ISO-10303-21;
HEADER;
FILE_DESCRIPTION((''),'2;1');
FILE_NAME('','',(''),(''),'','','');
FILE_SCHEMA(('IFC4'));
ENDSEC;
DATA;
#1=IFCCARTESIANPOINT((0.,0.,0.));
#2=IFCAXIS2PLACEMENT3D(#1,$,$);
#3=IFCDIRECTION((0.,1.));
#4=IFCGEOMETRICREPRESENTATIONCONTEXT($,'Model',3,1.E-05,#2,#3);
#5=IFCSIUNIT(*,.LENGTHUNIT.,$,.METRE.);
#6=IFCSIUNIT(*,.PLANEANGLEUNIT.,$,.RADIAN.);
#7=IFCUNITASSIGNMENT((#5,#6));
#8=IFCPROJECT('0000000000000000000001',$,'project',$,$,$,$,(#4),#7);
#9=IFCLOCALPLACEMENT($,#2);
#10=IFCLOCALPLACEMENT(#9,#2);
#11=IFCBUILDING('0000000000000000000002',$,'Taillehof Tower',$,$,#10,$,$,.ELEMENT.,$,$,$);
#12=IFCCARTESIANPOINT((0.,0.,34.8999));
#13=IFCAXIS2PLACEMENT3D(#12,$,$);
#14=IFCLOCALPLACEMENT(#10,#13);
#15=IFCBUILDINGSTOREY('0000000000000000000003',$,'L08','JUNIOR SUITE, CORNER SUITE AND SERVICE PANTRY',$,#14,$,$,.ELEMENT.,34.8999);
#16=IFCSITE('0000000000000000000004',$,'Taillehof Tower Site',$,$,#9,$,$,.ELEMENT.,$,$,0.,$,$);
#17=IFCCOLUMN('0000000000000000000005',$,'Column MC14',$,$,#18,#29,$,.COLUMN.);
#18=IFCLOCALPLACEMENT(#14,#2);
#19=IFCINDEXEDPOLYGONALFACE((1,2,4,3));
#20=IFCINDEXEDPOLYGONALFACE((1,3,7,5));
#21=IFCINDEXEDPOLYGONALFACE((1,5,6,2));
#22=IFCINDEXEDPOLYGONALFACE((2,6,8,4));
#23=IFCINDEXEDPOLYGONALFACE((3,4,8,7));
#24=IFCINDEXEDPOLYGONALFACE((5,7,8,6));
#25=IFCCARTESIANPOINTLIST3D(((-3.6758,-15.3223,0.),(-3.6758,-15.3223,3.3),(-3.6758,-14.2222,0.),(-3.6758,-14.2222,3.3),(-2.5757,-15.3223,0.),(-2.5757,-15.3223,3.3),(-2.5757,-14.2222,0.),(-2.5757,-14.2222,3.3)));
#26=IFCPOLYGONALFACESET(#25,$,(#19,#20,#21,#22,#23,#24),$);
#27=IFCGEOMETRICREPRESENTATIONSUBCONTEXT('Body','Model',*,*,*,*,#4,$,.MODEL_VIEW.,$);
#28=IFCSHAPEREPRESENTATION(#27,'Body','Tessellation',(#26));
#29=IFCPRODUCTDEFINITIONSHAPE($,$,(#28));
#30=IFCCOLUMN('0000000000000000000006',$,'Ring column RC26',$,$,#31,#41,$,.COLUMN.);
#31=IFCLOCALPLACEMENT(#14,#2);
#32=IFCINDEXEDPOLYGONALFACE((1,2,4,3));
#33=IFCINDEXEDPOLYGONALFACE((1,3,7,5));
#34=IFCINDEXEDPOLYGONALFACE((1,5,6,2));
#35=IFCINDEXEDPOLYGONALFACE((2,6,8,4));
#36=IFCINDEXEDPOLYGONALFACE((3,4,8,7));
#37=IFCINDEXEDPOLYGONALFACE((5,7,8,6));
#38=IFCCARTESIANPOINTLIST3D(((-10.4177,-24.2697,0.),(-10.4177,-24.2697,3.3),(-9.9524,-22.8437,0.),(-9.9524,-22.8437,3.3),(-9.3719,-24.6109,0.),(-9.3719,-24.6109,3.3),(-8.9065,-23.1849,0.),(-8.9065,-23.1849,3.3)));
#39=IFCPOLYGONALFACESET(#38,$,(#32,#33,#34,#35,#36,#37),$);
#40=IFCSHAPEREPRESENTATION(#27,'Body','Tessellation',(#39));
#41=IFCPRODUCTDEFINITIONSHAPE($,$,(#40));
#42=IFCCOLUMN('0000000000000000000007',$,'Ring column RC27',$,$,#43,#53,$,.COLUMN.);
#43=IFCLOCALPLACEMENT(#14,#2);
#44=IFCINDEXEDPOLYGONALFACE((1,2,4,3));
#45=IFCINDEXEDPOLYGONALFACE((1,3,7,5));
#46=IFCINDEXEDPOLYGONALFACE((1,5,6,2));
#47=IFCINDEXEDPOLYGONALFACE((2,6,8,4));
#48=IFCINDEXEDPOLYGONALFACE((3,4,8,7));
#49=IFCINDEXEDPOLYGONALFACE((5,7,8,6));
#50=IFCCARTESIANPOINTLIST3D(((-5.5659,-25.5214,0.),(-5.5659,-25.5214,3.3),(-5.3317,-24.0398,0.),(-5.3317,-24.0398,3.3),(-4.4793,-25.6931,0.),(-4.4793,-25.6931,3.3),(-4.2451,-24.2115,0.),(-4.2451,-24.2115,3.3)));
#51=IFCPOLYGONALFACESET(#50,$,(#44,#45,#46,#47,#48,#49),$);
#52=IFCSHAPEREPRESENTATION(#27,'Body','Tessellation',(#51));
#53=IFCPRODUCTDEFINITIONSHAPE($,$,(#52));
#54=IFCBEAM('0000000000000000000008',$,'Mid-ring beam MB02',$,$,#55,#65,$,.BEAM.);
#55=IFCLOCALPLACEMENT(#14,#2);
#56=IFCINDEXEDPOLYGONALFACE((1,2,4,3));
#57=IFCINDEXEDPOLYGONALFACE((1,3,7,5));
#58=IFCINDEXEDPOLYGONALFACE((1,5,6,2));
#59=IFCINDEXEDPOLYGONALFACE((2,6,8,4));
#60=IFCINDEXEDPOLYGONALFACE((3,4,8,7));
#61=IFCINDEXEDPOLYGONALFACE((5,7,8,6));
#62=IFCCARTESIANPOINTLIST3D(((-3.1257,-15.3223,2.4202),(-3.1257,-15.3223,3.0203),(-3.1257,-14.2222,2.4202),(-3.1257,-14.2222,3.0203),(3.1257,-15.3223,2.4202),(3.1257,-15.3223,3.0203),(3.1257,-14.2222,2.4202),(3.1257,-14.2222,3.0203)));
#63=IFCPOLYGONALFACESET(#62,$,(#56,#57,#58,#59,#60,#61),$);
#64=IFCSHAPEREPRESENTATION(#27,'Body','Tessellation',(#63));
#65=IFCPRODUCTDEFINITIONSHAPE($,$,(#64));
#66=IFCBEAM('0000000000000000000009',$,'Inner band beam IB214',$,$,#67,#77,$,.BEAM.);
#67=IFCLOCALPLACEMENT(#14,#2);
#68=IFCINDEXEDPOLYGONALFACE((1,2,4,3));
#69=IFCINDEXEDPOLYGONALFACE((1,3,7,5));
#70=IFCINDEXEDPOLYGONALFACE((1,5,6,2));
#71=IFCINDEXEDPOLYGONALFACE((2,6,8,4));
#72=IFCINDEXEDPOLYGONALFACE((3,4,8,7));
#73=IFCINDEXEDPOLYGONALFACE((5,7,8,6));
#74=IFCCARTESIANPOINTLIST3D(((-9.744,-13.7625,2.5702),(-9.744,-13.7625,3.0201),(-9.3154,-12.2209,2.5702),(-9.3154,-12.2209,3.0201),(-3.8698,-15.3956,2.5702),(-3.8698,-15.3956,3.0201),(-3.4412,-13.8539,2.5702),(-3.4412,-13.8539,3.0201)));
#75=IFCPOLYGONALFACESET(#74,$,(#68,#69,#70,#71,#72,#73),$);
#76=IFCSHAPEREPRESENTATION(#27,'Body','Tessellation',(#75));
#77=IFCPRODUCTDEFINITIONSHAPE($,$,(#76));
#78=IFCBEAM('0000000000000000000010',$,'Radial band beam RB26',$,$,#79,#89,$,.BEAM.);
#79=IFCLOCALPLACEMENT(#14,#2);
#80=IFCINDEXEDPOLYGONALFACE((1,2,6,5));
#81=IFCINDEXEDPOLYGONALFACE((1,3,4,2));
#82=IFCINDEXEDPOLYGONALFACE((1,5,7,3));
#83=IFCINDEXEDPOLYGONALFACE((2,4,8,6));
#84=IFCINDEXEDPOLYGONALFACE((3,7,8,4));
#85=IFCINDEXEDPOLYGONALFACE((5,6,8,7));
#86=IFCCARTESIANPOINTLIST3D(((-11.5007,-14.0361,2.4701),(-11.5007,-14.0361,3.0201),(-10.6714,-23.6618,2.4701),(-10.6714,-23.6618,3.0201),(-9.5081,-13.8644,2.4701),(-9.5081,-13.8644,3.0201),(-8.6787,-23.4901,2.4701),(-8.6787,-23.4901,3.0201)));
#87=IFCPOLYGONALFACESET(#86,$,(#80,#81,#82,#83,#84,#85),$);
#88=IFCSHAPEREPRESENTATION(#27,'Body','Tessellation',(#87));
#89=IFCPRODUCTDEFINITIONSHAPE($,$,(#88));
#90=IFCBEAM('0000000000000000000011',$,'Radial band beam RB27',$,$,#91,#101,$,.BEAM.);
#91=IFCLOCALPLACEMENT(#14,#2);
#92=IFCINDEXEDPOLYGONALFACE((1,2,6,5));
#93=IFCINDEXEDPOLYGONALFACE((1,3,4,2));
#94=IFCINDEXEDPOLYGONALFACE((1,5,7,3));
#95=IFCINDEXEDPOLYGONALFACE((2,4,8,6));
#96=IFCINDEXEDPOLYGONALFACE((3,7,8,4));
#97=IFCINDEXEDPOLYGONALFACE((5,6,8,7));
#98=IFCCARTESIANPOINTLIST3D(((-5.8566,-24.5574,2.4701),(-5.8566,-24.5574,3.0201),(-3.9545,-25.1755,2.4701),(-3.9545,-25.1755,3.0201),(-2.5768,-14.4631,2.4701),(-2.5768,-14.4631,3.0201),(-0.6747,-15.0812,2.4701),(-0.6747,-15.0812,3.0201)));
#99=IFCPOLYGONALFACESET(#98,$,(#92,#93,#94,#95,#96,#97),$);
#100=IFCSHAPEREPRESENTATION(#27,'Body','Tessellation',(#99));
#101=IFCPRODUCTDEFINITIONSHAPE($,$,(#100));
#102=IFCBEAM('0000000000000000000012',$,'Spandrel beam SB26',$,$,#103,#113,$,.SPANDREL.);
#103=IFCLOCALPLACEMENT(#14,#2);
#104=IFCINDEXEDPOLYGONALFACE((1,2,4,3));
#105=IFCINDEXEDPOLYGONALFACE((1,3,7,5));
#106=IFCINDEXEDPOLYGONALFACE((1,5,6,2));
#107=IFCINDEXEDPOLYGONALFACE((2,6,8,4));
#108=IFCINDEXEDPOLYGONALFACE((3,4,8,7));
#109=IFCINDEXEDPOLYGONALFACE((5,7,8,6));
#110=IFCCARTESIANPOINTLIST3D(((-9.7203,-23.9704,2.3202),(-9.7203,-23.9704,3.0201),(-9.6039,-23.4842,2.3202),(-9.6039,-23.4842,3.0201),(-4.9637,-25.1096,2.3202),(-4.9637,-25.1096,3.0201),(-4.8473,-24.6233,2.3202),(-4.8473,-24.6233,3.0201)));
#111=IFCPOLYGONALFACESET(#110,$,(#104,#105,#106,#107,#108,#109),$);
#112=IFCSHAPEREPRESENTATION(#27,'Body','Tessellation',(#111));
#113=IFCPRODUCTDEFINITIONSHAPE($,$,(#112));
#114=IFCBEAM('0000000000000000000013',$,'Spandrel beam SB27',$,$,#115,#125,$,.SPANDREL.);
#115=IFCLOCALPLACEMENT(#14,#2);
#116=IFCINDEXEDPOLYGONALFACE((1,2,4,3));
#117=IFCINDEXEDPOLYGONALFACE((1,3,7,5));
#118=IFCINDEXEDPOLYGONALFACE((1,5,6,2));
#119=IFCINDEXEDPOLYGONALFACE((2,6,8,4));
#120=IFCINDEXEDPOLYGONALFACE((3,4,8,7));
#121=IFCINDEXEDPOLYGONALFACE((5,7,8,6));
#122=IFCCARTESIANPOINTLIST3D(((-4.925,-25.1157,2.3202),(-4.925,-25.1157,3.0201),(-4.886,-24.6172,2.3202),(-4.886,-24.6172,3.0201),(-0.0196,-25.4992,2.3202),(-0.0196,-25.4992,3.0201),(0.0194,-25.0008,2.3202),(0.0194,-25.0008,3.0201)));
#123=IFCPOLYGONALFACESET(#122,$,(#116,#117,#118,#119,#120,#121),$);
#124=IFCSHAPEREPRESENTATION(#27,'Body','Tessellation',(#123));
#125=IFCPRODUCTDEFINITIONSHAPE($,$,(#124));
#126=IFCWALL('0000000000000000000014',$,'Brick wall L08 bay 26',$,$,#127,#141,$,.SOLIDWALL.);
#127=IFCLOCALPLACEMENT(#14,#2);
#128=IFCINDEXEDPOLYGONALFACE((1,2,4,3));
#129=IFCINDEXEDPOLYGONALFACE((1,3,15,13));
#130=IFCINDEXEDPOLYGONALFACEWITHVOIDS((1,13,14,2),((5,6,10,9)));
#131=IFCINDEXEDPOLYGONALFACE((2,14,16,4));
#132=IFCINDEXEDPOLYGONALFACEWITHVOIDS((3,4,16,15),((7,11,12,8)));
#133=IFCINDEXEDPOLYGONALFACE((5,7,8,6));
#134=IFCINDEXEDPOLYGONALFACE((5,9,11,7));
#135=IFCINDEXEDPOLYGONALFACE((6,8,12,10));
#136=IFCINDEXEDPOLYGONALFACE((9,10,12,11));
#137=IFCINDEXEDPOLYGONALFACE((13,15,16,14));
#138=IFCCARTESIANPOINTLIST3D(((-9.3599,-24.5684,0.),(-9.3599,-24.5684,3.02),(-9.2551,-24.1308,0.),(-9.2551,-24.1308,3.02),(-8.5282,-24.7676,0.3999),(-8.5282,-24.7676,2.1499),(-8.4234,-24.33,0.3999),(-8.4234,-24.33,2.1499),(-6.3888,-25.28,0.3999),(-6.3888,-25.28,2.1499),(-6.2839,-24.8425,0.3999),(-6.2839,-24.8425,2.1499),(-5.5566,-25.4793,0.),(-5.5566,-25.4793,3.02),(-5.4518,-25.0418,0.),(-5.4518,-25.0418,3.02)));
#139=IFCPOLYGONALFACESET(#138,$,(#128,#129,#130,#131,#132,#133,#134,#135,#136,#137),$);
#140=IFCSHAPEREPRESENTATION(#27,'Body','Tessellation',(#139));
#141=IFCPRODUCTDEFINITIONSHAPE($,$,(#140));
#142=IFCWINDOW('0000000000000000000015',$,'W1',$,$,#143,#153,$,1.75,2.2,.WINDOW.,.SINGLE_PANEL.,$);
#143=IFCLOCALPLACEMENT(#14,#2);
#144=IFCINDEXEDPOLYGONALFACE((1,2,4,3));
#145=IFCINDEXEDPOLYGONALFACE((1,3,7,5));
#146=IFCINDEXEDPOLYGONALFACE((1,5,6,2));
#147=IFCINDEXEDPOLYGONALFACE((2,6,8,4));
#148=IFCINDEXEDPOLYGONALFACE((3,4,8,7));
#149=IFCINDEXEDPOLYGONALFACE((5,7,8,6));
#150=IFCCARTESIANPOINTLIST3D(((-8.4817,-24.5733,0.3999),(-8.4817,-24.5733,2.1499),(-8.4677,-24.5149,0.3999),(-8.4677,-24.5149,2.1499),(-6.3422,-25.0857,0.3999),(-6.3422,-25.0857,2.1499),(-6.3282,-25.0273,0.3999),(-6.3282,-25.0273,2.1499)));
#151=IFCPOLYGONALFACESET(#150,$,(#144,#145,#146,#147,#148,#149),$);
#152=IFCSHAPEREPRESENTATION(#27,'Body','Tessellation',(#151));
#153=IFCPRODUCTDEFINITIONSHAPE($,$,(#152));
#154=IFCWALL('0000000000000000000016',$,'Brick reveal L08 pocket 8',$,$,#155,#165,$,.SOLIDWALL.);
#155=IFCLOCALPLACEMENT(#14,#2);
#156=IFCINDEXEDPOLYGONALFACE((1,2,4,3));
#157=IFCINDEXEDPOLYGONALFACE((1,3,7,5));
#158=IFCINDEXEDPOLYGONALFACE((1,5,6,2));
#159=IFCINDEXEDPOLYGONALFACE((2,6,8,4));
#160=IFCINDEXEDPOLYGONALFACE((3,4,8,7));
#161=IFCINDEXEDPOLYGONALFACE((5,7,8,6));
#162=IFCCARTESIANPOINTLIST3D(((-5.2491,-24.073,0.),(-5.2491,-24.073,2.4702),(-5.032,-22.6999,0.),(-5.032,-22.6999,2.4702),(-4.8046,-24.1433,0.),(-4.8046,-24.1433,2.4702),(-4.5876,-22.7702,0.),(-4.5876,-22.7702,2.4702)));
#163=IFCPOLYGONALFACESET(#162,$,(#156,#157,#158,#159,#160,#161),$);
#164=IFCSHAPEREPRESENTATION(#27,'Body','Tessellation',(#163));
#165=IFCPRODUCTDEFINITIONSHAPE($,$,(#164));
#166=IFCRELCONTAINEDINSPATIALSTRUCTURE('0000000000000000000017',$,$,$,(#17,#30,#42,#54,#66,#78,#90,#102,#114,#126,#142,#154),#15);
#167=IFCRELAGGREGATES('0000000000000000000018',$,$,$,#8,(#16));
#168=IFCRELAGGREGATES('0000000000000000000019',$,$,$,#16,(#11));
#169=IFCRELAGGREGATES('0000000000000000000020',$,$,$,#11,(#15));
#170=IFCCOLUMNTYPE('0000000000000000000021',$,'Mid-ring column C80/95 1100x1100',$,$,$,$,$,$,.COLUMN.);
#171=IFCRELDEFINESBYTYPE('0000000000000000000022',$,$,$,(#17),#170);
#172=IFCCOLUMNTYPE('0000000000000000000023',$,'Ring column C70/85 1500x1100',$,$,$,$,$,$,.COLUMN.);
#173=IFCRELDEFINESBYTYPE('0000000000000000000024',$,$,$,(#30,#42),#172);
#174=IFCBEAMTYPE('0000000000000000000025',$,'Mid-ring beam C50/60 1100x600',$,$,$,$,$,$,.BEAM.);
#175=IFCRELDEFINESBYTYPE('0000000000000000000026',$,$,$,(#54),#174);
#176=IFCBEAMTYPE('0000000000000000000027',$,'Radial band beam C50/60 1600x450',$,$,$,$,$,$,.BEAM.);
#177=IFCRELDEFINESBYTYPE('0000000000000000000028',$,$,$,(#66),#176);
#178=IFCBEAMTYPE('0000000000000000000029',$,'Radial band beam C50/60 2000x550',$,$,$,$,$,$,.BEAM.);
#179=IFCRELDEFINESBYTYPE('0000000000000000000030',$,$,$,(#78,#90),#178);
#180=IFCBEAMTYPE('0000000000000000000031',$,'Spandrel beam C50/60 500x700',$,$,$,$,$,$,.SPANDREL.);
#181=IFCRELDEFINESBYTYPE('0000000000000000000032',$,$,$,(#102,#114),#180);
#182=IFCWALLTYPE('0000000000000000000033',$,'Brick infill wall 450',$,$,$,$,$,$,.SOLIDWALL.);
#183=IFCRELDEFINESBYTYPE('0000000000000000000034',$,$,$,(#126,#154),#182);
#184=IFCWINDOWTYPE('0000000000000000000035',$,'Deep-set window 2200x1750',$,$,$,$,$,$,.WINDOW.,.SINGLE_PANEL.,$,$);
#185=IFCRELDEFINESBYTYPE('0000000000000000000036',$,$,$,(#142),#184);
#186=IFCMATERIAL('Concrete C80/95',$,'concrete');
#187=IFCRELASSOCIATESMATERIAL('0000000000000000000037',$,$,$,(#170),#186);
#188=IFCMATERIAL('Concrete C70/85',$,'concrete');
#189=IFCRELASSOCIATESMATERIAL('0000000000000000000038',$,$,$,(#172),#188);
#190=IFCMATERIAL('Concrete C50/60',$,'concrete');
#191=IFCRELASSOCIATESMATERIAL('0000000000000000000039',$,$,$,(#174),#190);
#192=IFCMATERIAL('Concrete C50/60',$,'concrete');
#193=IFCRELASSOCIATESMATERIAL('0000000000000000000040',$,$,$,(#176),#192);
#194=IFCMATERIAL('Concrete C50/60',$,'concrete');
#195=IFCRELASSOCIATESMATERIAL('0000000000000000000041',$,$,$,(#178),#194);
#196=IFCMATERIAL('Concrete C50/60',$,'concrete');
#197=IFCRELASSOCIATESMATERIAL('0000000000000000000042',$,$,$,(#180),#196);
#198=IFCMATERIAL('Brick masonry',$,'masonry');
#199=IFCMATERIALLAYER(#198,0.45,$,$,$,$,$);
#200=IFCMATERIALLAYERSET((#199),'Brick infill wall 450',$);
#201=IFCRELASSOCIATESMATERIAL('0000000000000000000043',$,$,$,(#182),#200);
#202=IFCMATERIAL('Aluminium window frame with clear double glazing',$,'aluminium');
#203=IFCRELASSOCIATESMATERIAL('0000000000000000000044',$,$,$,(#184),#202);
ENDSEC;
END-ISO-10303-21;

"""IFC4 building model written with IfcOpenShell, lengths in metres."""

from ifc_helpers import new_model, si_unit, direction, frame, frame_2d, origin, origin_2d, place, context, subcontext, project, spatial, rectangle, extrude, material, layer, layer_set, material_profile, profile_set, type_object, element, fill, save


model = new_model("IFC4")

# Units and contexts
model_context = context("Model", 3, precision=1e-05, world=origin(), true_north=direction((0.0, 1.0)))
body_context = subcontext(model_context, "Body", "Model", "MODEL_VIEW")
ifc_project = project(units=[si_unit("LENGTHUNIT", "METRE"), si_unit("PLANEANGLEUNIT", "RADIAN")], contexts=[model_context])

# Site, building, storey
site_placement = place(None, origin())
site = spatial("IfcSite", under=ifc_project, at=site_placement, Name="Taillehof Tower Site", CompositionType="ELEMENT", RefElevation=0.0)
building_placement = place(site_placement, origin())
building = spatial("IfcBuilding", under=site, at=building_placement, Name="Taillehof Tower", CompositionType="ELEMENT")
storey_placement = place(building_placement, frame((0.0, 0.0, 34.8999)))
storey = spatial("IfcBuildingStorey", under=building, at=storey_placement, Name="L08", Description="JUNIOR SUITE, CORNER SUITE AND SERVICE PANTRY", CompositionType="ELEMENT", Elevation=34.8999)

# Columns
ifc_material_1 = material(Name="Concrete C80/95", Category="concrete")
ifc_material_profile_1 = material_profile(ifc_material_1, rectangle(XDim=1.1001, YDim=1.1001, at=origin_2d()), Name="RC 1100x1100")
ifc_profile_set_1 = profile_set([ifc_material_profile_1], Name="Concrete C80/95")
column_type_1 = type_object("IfcColumnType", Name="Mid-ring column C80/95 1100x1100", PredefinedType="COLUMN", material=ifc_profile_set_1)
column_placement = place(storey_placement, frame((-3.1257, -14.7722, 0.0), z_axis=(0.0, 0.0, 1.0), x_axis=(1.0, 0.0, 0.0)))
element("IfcColumn", 1, at=column_placement, inside=storey, type_object=column_type_1, Name="Column MC14", PredefinedType="COLUMN", context=body_context, shape_type="SweptSolid", body=[
    extrude(rectangle(XDim=1.1001, YDim=1.1001, at=origin_2d()), origin(), (0.0, 0.0, 1.0), 3.3),
])
ifc_material_2 = material(Name="Concrete C70/85", Category="concrete")
ifc_material_profile_2 = material_profile(ifc_material_2, rectangle(XDim=1.5, YDim=1.1001, at=origin_2d()), Name="RC 1500x1100")
ifc_profile_set_2 = profile_set([ifc_material_profile_2], Name="Concrete C70/85")
column_type_2 = type_object("IfcColumnType", Name="Ring column C70/85 1500x1100", PredefinedType="COLUMN", material=ifc_profile_set_2)
for number, where, z_axis, x_axis, name in (
    (2, (-9.6621, -23.7273, 0.0), (0.0, 0.0, 1.0), (-0.310219, -0.950665, 0.0), "Ring column RC26"),
    (3, (-4.9055, -24.8665, 0.0), (0.0, 0.0, 1.0), (-0.156147, -0.987734, 0.0), "Ring column RC27"),
):
    element("IfcColumn", number, at=place(storey_placement, frame(where, z_axis=z_axis, x_axis=x_axis)), inside=storey, type_object=column_type_2, Name=name, PredefinedType="COLUMN", context=body_context, shape_type="SweptSolid", body=[
        extrude(rectangle(XDim=1.5, YDim=1.1001, at=origin_2d()), origin(), (0.0, 0.0, 1.0), 3.3),
    ])

# Beams
ifc_material_3 = material(Name="Concrete C50/60", Category="concrete")
ifc_material_profile_3 = material_profile(ifc_material_3, rectangle(XDim=1.1001, YDim=0.6001, at=origin_2d()), Name="RC 1100x600")
ifc_profile_set_3 = profile_set([ifc_material_profile_3], Name="Concrete C50/60")
beam_type_1 = type_object("IfcBeamType", Name="Mid-ring beam C50/60 1100x600", PredefinedType="BEAM", material=ifc_profile_set_3)
beam_1_placement = place(storey_placement, frame((-3.1257, -14.7722, 2.7202), z_axis=(1.0, 0.0, 0.0), x_axis=(0.0, 1.0, 0.0)))
element("IfcBeam", 4, at=beam_1_placement, inside=storey, type_object=beam_type_1, Name="Mid-ring beam MB02", PredefinedType="BEAM", context=body_context, shape_type="SweptSolid", body=[
    extrude(rectangle(XDim=1.1001, YDim=0.6001, at=origin_2d()), origin(), (0.0, 0.0, 1.0), 6.2515),
])
ifc_material_4 = material(Name="Concrete C50/60", Category="concrete")
ifc_material_profile_4 = material_profile(ifc_material_4, rectangle(XDim=1.6001, YDim=0.45, at=origin_2d()), Name="RC 1600x450")
ifc_profile_set_4 = profile_set([ifc_material_profile_4], Name="Concrete C50/60")
beam_type_2 = type_object("IfcBeamType", Name="Radial band beam C50/60 1600x450", PredefinedType="BEAM", material=ifc_profile_set_4)
beam_2_placement = place(storey_placement, frame((-3.6555, -14.6248, 2.7952), z_axis=(-0.963459, 0.267855, 0.0), x_axis=(-0.267855, -0.963459, 0.0)))
element("IfcBeam", 5, at=beam_2_placement, inside=storey, type_object=beam_type_2, Name="Inner band beam IB214", PredefinedType="BEAM", context=body_context, shape_type="SweptSolid", body=[
    extrude(rectangle(XDim=1.6001, YDim=0.45, at=origin_2d()), origin(), (0.0, 0.0, 1.0), 6.0969),
])
ifc_material_5 = material(Name="Concrete C50/60", Category="concrete")
ifc_material_profile_5 = material_profile(ifc_material_5, rectangle(XDim=2.0, YDim=0.55, at=origin_2d()), Name="RC 2000x550")
ifc_profile_set_5 = profile_set([ifc_material_profile_5], Name="Concrete C50/60")
beam_type_3 = type_object("IfcBeamType", Name="Radial band beam C50/60 2000x550", PredefinedType="BEAM", material=ifc_profile_set_5)
beam_3_placement = place(storey_placement, frame((-9.675, -23.5759, 2.7451), z_axis=(-0.085841, 0.996309, 0.0), x_axis=(-0.996309, -0.085841, 0.0)))
element("IfcBeam", 6, at=beam_3_placement, inside=storey, type_object=beam_type_3, Name="Radial band beam RB26", PredefinedType="BEAM", context=body_context, shape_type="SweptSolid", body=[
    extrude(rectangle(XDim=2.0, YDim=0.55, at=origin_2d()), origin(), (0.0, 0.0, 1.0), 9.6614),
])
beam_4_placement = place(storey_placement, frame((-4.9055, -24.8665, 2.7451), z_axis=(0.309014, 0.951057, 0.0), x_axis=(-0.951057, 0.309014, 0.0)))
element("IfcBeam", 7, at=beam_4_placement, inside=storey, type_object=beam_type_3, Name="Radial band beam RB27", PredefinedType="BEAM", context=body_context, shape_type="SweptSolid", body=[
    extrude(rectangle(XDim=2.0, YDim=0.55, at=origin_2d()), origin(), (0.0, 0.0, 1.0), 10.6138),
])
ifc_material_6 = material(Name="Concrete C50/60", Category="concrete")
ifc_material_profile_6 = material_profile(ifc_material_6, rectangle(XDim=0.5, YDim=0.7, at=origin_2d()), Name="RC 500x700")
ifc_profile_set_6 = profile_set([ifc_material_profile_6], Name="Concrete C50/60")
beam_type_4 = type_object("IfcBeamType", Name="Spandrel beam C50/60 500x700", PredefinedType="SPANDREL", material=ifc_profile_set_6)
beam_5_placement = place(storey_placement, frame((-9.6621, -23.7273, 2.6702), z_axis=(0.9725, -0.232905, 0.0), x_axis=(0.232905, 0.9725, 0.0)))
element("IfcBeam", 8, at=beam_5_placement, inside=storey, type_object=beam_type_4, Name="Spandrel beam SB26", PredefinedType="SPANDREL", context=body_context, shape_type="SweptSolid", body=[
    extrude(rectangle(XDim=0.5, YDim=0.7, at=origin_2d()), origin(), (0.0, 0.0, 1.0), 4.8911),
])
beam_6_placement = place(storey_placement, frame((-4.9055, -24.8665, 2.6702), z_axis=(0.996957, -0.077949, 0.0), x_axis=(0.077949, 0.996957, 0.0)))
element("IfcBeam", 9, at=beam_6_placement, inside=storey, type_object=beam_type_4, Name="Spandrel beam SB27", PredefinedType="SPANDREL", context=body_context, shape_type="SweptSolid", body=[
    extrude(rectangle(XDim=0.5, YDim=0.7, at=origin_2d()), origin(), (0.0, 0.0, 1.0), 4.9204),
])

# Wall, opening, window
ifc_material_7 = material(Name="Brick masonry", Category="masonry")
ifc_layer_1 = layer(ifc_material_7, 0.45)
ifc_layer_set_1 = layer_set([ifc_layer_1], Name="Brick infill wall 450")
wall_type_1 = type_object("IfcWallType", Name="Brick infill wall 450", PredefinedType="SOLIDWALL", material=ifc_layer_set_1)
wall_1_placement = place(storey_placement, frame((-9.3076, -24.3496, 0.0), z_axis=(0.0, 0.0, 1.0), x_axis=(0.972497, -0.232917, 0.0)))
wall_1 = element("IfcWall", 10, at=wall_1_placement, inside=storey, type_object=wall_type_1, Name="Brick wall L08 bay 26", PredefinedType="SOLIDWALL", context=body_context, shape_type="SweptSolid", body=[
    extrude(rectangle(XDim=3.9109, YDim=0.45, at=frame_2d((1.9556, 0.0))), origin(), (0.0, 0.0, 1.0), 3.02),
])
opening_1_placement = place(wall_1_placement, frame((0.8552, 0.0, 0.3999)))
opening_1 = element("IfcOpeningElement", 11, at=opening_1_placement, cuts=wall_1, PredefinedType="OPENING", context=body_context, shape_type="SweptSolid", body=[
    extrude(rectangle(XDim=2.2, YDim=1.75, at=frame_2d((1.1001, 0.875))), frame((0.0, 0.2349, 0.0), z_axis=(0.0, -1.0, 0.0), x_axis=(1.0, 0.0, 0.0)), (0.0, 0.0, 1.0), 0.47),
])
ifc_material_8 = material(Name="Aluminium window frame with clear double glazing", Category="aluminium")
window_type_1 = type_object("IfcWindowType", Name="Deep-set window 2200x1750", PartitioningType="SINGLE_PANEL", PredefinedType="WINDOW", material=ifc_material_8)
window_1_placement = place(opening_1_placement, origin())
window_1 = element("IfcWindow", 12, at=window_1_placement, inside=storey, type_object=window_type_1, Name="W1", OverallHeight=1.75, OverallWidth=2.2, PartitioningType="SINGLE_PANEL", PredefinedType="WINDOW", context=body_context, shape_type="SweptSolid", body=[
    extrude(rectangle(XDim=2.2, YDim=1.75, at=frame_2d((1.1001, 0.875))), frame((0.0, 0.0349, 0.0), z_axis=(0.0, -1.0, 0.0), x_axis=(1.0, 0.0, 0.0)), (0.0, 0.0, 1.0), 0.0601),
])
fill(opening_1, window_1)

# Wall
wall_2_placement = place(storey_placement, frame((-5.0269, -24.1082, 0.0), z_axis=(0.0, 0.0, 1.0), x_axis=(0.156134, 0.987736, 0.0)))
element("IfcWall", 13, at=wall_2_placement, inside=storey, type_object=wall_type_1, Name="Brick reveal L08 pocket 8", PredefinedType="SOLIDWALL", context=body_context, shape_type="SweptSolid", body=[
    extrude(rectangle(XDim=1.3901, YDim=0.45, at=frame_2d((0.6951, 0.0))), origin(), (0.0, 0.0, 1.0), 2.4702),
])

save(model, "model.ifc")
